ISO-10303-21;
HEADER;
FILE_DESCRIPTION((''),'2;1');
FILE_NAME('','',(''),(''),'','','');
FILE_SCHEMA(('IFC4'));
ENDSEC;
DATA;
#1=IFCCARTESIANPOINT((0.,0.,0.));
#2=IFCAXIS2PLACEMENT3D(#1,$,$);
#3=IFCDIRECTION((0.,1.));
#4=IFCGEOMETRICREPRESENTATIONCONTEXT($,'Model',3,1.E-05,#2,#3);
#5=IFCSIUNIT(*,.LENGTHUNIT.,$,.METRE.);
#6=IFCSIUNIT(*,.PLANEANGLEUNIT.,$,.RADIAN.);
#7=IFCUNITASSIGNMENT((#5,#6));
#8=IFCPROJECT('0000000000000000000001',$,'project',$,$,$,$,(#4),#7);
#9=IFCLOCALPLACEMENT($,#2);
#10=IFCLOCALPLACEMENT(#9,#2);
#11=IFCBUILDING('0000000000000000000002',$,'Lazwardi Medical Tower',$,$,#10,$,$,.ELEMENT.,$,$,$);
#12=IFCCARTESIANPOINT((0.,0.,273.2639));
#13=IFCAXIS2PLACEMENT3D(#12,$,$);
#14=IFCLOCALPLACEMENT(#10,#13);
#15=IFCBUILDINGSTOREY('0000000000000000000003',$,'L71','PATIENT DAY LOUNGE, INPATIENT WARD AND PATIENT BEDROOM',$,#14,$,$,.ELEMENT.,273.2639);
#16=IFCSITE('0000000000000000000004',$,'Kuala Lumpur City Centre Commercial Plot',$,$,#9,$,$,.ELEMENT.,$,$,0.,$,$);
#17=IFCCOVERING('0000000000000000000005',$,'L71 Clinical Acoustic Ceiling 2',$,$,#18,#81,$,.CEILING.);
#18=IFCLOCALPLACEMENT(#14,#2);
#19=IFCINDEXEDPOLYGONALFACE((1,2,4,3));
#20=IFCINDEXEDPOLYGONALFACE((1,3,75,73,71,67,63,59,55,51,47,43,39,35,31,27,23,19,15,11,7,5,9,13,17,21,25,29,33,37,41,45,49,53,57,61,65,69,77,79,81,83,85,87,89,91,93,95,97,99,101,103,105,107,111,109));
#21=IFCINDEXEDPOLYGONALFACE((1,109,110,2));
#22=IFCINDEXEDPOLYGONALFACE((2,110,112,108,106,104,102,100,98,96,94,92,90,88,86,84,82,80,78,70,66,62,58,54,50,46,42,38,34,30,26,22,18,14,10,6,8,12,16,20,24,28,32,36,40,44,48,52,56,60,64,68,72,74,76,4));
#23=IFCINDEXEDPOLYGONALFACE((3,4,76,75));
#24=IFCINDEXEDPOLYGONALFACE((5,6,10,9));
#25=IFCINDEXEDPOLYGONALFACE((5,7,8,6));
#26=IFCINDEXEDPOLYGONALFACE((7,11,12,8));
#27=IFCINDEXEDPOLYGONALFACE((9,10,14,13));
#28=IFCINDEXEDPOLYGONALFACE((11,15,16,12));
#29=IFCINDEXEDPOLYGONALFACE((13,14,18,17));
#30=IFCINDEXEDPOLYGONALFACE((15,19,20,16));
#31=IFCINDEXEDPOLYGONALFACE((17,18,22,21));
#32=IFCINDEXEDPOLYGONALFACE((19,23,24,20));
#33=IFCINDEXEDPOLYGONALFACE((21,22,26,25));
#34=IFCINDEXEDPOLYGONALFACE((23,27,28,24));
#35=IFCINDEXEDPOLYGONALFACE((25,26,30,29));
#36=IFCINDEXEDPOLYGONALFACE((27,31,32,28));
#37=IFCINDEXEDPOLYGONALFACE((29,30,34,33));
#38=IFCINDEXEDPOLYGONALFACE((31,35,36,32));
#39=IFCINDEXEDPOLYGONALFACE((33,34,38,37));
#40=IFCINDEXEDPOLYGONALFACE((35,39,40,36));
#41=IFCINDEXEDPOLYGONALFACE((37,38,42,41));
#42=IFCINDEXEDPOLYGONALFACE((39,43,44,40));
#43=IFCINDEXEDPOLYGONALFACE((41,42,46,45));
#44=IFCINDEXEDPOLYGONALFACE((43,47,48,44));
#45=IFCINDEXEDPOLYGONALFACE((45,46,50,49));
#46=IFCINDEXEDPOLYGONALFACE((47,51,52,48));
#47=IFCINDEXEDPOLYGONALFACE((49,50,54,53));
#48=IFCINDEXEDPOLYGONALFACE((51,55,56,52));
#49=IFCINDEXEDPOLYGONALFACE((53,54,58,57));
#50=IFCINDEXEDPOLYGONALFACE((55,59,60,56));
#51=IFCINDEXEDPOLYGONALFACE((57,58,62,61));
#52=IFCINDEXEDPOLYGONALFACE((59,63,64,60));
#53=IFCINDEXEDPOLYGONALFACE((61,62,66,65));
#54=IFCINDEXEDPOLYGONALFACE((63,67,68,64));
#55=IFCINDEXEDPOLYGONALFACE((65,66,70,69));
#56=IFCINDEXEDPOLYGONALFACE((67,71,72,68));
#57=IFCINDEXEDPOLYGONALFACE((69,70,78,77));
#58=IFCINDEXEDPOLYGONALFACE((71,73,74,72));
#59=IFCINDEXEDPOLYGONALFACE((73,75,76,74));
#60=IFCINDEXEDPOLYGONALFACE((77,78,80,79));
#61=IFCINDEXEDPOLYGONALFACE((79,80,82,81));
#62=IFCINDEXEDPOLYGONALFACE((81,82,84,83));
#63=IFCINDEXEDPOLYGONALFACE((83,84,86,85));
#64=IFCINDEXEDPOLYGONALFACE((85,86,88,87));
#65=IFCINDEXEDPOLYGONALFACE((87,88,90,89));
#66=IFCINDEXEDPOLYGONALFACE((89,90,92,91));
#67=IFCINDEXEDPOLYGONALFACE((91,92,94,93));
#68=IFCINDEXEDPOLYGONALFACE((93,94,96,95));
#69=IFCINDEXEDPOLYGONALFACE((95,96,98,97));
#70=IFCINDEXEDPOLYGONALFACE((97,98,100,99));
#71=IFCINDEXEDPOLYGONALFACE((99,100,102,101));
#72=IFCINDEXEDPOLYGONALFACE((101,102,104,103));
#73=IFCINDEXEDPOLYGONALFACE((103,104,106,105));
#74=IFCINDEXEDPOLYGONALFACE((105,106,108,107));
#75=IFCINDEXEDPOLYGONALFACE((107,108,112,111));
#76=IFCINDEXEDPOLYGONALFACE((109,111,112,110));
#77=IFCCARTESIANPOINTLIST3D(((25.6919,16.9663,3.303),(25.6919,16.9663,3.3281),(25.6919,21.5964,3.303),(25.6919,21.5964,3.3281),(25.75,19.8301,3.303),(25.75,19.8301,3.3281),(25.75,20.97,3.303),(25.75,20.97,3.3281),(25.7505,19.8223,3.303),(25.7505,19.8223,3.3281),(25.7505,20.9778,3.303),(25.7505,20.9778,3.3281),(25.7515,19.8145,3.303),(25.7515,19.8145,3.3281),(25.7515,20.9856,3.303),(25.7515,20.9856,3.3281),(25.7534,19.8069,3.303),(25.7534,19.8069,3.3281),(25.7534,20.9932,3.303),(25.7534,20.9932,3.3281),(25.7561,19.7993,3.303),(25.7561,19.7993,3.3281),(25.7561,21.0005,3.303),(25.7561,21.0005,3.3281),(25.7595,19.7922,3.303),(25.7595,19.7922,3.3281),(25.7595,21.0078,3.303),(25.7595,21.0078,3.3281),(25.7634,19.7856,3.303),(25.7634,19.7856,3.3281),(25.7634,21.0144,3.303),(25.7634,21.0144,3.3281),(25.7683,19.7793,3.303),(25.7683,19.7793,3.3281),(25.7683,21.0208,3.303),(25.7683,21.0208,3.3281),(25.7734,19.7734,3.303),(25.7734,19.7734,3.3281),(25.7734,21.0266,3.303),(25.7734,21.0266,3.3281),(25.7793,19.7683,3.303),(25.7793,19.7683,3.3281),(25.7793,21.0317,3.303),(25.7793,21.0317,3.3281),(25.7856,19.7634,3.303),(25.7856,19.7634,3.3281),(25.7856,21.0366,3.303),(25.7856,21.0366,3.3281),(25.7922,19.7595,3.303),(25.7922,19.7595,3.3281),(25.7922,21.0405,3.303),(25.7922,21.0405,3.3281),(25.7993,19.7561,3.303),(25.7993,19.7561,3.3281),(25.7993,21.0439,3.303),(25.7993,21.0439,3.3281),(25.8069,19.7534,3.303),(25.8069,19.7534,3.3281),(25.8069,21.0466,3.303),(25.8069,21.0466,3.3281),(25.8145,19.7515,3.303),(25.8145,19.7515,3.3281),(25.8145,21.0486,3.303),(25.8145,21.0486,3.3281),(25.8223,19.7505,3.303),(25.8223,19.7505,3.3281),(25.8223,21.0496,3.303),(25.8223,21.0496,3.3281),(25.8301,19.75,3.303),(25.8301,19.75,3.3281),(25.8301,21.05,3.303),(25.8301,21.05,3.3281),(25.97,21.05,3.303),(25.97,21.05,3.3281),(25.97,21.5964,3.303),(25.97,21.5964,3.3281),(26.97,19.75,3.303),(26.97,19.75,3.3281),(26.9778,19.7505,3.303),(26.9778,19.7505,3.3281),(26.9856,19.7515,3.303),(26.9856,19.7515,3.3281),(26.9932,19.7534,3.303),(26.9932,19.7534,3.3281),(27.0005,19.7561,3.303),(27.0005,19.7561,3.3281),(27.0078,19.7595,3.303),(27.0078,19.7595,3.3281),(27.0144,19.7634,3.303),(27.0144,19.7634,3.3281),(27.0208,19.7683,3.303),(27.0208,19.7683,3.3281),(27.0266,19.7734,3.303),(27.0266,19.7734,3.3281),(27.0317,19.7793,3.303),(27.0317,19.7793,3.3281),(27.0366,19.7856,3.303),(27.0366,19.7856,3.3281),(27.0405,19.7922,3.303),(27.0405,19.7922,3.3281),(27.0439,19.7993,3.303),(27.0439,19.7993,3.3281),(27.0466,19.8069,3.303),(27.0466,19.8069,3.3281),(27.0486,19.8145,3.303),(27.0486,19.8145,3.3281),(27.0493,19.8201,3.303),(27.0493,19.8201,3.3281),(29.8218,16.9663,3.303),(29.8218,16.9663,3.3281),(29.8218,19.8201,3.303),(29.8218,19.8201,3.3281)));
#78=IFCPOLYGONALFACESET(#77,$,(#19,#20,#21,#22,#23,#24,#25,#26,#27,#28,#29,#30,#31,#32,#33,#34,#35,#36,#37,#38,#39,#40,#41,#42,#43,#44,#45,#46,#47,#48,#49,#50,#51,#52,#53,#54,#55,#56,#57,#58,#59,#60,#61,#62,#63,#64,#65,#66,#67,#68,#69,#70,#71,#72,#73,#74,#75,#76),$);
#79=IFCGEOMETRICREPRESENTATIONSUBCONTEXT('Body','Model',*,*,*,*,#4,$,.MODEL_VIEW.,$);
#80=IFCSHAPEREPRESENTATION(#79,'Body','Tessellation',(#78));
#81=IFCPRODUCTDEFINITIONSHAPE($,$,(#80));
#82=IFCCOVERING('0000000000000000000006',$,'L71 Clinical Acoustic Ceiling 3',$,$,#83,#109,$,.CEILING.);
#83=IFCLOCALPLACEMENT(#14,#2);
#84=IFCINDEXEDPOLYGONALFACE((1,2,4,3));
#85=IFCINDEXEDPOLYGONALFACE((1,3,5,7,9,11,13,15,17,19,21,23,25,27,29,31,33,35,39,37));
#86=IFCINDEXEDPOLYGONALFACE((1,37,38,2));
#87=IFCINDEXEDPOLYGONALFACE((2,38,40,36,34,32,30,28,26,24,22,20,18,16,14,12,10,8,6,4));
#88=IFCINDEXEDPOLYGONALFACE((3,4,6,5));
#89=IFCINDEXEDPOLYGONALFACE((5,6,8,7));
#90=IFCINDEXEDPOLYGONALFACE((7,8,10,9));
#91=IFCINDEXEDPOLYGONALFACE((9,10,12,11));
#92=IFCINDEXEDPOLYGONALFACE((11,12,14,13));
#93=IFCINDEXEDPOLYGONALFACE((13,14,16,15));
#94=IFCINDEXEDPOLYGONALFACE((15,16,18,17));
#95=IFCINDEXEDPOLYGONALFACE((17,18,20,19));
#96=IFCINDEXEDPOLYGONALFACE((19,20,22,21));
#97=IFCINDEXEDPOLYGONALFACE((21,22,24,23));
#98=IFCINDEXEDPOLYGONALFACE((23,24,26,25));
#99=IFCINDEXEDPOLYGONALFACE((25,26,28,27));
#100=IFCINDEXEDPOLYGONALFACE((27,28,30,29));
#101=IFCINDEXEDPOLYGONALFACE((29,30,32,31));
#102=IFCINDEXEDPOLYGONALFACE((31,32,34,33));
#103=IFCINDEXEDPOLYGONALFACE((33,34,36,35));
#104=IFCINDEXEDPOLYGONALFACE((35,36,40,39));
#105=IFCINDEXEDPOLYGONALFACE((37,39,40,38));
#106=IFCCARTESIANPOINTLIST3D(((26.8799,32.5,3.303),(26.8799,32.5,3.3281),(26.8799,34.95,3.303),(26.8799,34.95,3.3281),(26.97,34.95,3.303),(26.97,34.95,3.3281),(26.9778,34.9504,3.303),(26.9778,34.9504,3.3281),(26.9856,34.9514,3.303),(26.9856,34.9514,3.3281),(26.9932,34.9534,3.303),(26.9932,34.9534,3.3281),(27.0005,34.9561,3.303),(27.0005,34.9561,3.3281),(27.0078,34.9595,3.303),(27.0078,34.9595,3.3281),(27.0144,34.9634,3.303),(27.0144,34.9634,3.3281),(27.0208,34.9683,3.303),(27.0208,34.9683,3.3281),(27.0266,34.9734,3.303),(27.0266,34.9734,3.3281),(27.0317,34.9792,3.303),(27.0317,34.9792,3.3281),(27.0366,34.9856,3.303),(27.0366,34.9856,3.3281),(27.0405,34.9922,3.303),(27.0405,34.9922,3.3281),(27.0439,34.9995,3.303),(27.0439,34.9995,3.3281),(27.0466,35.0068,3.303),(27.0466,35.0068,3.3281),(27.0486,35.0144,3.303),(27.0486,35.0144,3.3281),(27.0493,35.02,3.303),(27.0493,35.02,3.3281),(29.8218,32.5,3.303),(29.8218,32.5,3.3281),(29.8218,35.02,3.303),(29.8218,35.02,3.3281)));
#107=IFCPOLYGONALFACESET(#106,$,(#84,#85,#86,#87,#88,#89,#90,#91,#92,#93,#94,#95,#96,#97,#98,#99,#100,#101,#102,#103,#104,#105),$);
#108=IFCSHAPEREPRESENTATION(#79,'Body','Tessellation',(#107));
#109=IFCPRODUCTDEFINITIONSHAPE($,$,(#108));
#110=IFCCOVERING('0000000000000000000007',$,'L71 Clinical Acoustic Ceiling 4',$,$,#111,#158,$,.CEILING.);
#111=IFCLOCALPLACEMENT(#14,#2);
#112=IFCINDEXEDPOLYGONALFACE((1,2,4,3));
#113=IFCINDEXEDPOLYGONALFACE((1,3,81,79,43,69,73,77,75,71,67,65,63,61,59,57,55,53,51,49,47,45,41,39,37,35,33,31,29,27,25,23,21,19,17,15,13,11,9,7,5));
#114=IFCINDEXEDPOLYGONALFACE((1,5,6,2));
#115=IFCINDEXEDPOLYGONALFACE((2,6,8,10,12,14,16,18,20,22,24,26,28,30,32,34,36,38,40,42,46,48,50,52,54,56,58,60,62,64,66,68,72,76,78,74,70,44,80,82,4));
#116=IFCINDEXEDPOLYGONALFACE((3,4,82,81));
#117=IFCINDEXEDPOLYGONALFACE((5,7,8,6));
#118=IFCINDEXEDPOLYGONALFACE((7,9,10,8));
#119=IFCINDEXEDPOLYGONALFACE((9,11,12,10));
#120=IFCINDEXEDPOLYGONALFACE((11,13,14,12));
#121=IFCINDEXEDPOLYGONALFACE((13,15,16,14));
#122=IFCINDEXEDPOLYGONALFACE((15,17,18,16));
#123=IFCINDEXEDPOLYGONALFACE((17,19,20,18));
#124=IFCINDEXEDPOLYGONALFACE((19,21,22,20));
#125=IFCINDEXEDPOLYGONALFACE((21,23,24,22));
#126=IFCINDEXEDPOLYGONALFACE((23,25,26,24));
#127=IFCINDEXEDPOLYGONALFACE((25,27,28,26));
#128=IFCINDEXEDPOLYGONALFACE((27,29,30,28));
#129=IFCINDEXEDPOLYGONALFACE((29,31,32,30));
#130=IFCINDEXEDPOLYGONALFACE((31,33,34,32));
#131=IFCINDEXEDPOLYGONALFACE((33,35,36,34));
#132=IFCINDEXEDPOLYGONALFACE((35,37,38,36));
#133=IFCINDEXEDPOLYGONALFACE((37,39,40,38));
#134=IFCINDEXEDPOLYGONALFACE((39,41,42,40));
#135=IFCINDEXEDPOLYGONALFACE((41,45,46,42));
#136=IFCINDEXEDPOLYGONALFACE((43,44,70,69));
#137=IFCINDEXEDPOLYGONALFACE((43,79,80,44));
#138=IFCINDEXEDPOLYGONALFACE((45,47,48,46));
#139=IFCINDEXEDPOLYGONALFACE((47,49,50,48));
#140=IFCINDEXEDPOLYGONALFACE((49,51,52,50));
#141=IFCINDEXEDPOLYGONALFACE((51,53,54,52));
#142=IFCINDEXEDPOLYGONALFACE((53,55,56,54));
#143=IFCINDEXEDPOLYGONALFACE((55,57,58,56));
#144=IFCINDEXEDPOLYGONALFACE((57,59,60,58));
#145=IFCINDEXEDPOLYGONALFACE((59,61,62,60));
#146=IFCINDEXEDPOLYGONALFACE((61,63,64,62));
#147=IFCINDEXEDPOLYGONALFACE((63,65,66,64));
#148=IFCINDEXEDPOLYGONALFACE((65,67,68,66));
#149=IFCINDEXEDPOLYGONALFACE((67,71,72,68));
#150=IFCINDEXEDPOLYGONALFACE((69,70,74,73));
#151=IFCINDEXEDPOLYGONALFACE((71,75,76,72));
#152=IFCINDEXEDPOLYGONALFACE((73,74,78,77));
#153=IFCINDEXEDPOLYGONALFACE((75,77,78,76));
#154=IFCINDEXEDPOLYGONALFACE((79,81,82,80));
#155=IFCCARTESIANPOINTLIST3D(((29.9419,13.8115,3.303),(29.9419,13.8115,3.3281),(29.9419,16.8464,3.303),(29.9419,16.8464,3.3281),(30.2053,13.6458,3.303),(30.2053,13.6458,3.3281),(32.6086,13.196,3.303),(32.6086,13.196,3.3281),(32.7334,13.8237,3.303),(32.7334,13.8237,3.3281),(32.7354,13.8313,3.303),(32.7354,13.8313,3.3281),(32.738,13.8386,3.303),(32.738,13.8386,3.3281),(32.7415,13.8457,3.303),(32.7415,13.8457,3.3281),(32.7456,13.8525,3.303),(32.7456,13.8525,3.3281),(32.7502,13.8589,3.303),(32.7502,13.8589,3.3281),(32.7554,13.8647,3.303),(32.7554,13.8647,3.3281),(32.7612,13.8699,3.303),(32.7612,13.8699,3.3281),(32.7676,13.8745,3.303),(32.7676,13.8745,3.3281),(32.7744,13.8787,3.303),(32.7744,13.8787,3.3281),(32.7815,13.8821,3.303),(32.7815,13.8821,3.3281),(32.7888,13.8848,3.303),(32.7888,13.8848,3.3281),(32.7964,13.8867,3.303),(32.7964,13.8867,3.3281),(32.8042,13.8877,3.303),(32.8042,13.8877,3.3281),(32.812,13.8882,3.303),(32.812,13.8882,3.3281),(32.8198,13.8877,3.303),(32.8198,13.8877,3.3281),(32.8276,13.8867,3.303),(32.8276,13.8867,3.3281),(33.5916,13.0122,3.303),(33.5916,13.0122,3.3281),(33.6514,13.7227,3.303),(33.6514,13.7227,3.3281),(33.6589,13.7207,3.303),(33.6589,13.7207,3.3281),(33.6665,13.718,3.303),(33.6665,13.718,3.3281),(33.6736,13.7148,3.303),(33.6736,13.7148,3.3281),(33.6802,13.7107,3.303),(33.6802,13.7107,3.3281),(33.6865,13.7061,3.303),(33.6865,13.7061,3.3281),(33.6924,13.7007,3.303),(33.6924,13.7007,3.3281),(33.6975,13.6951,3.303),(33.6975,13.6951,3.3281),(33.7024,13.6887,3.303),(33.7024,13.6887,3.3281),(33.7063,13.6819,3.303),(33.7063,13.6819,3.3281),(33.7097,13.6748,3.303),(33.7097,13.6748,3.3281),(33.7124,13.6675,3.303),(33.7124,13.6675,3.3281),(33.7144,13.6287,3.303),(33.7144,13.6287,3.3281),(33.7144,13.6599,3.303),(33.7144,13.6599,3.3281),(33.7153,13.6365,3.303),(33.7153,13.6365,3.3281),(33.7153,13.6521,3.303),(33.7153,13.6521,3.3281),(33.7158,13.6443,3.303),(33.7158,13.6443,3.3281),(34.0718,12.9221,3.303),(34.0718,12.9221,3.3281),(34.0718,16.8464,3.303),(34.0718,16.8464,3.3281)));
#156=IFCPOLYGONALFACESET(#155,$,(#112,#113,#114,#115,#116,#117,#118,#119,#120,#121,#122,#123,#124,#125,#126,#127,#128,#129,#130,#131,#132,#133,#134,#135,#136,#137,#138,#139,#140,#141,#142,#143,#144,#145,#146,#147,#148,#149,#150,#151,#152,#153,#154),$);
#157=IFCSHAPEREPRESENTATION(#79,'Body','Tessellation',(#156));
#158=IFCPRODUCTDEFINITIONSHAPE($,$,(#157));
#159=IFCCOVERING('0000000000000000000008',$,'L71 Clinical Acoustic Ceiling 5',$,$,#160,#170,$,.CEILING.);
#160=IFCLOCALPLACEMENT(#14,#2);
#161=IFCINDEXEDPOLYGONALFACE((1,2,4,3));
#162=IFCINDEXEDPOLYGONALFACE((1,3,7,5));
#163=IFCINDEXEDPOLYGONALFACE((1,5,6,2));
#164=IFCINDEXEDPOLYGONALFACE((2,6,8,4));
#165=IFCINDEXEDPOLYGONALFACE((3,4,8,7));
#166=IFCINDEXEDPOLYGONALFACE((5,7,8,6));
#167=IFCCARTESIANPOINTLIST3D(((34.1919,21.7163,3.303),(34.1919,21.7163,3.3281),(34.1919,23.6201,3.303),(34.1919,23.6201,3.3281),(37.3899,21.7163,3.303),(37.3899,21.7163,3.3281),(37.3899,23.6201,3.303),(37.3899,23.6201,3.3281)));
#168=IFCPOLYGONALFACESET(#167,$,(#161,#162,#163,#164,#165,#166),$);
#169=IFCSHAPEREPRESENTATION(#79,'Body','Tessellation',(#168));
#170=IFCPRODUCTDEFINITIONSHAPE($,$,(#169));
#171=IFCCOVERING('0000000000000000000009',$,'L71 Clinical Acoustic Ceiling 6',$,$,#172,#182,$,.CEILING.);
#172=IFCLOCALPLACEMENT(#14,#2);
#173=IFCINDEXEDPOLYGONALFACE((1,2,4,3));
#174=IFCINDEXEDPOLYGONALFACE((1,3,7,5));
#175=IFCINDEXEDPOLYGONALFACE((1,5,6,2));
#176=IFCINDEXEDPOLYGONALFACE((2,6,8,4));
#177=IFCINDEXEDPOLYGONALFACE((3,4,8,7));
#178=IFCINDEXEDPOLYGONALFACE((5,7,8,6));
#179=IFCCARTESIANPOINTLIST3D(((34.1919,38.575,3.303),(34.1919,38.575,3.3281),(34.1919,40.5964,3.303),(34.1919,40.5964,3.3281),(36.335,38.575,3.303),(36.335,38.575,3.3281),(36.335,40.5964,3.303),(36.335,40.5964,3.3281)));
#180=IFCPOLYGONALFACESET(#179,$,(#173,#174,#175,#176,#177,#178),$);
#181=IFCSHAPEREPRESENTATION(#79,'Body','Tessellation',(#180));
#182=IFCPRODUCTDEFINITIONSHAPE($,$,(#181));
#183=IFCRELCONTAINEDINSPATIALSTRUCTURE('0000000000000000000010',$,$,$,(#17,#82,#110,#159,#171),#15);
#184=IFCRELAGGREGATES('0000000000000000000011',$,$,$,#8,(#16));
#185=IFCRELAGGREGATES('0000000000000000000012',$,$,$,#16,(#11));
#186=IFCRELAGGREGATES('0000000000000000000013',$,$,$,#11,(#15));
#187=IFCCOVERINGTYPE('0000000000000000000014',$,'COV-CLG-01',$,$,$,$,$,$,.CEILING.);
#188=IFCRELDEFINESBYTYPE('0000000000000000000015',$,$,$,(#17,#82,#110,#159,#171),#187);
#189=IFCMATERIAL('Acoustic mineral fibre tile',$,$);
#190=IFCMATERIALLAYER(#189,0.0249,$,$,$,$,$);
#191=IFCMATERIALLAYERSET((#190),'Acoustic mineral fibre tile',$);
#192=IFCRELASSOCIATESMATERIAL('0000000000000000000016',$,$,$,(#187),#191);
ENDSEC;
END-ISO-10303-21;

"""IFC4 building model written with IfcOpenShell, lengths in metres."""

from ifc_helpers import new_model, si_unit, direction, frame, origin, place, context, subcontext, project, spatial, polyline, outline, extrude, material, layer, layer_set, type_object, element, save


model = new_model("IFC4")

# Units and contexts
model_context = context("Model", 3, precision=1e-05, world=origin(), true_north=direction((0.0, 1.0)))
body_context = subcontext(model_context, "Body", "Model", "MODEL_VIEW")
ifc_project = project(units=[si_unit("LENGTHUNIT", "METRE"), si_unit("PLANEANGLEUNIT", "RADIAN")], contexts=[model_context])

# Site, building, storey
site_placement = place(None, origin())
site = spatial("IfcSite", under=ifc_project, at=site_placement, Name="Kuala Lumpur City Centre Commercial Plot", CompositionType="ELEMENT", RefElevation=0.0)
building_placement = place(site_placement, origin())
building = spatial("IfcBuilding", under=site, at=building_placement, Name="Lazwardi Medical Tower", CompositionType="ELEMENT")
storey_placement = place(building_placement, frame((0.0, 0.0, 273.2639)))
storey = spatial("IfcBuildingStorey", under=building, at=storey_placement, Name="L71", Description="PATIENT DAY LOUNGE, INPATIENT WARD AND PATIENT BEDROOM", CompositionType="ELEMENT", Elevation=273.2639)

# Coverings
ifc_material_1 = material(Name="Acoustic mineral fibre tile")
ifc_layer_1 = layer(ifc_material_1, 0.0249)
ifc_layer_set_1 = layer_set([ifc_layer_1], Name="Acoustic mineral fibre tile")
covering_type_1 = type_object("IfcCoveringType", Name="COV-CLG-01", PredefinedType="CEILING", material=ifc_layer_set_1)
covering_1_placement = place(storey_placement, frame((0.0, 0.0, 3.303)))
element("IfcCovering", 1, at=covering_1_placement, inside=storey, type_object=covering_type_1, Name="L71 Clinical Acoustic Ceiling 2", PredefinedType="CEILING", context=body_context, shape_type="SweptSolid", body=[
    extrude(outline(polyline([(29.8218, 19.8201), (27.0493, 19.8201), (27.0486, 19.8145), (27.0466, 19.8069), (27.0439, 19.7993), (27.0405, 19.7922), (27.0366, 19.7856), (27.0317, 19.7793), (27.0266, 19.7734), (27.0208, 19.7683), (27.0144, 19.7634), (27.0078, 19.7595), (27.0005, 19.7561), (26.9932, 19.7534), (26.9856, 19.7515), (26.9778, 19.7505), (26.97, 19.75), (25.8301, 19.75), (25.8223, 19.7505), (25.8145, 19.7515), (25.8069, 19.7534), (25.7993, 19.7561), (25.7922, 19.7595), (25.7856, 19.7634), (25.7793, 19.7683), (25.7734, 19.7734), (25.7683, 19.7793), (25.7634, 19.7856), (25.7595, 19.7922), (25.7561, 19.7993), (25.7534, 19.8069), (25.7515, 19.8145), (25.7505, 19.8223), (25.75, 19.8301), (25.75, 20.97), (25.7505, 20.9778), (25.7515, 20.9856), (25.7534, 20.9932), (25.7561, 21.0005), (25.7595, 21.0078), (25.7634, 21.0144), (25.7683, 21.0208), (25.7734, 21.0266), (25.7793, 21.0317), (25.7856, 21.0366), (25.7922, 21.0405), (25.7993, 21.0439), (25.8069, 21.0466), (25.8145, 21.0486), (25.8223, 21.0496), (25.8301, 21.05), (25.97, 21.05), (25.97, 21.5964), (25.6919, 21.5964), (25.6919, 16.9663), (29.8218, 16.9663), (29.8218, 19.8201)])), origin(), (0.0, 0.0, 1.0), 0.0251),
])
covering_2_placement = place(storey_placement, frame((0.0, 0.0, 3.303)))
element("IfcCovering", 2, at=covering_2_placement, inside=storey, type_object=covering_type_1, Name="L71 Clinical Acoustic Ceiling 3", PredefinedType="CEILING", context=body_context, shape_type="SweptSolid", body=[
    extrude(outline(polyline([(29.8218, 35.02), (27.0493, 35.02), (27.0486, 35.0144), (27.0466, 35.0068), (27.0439, 34.9995), (27.0405, 34.9922), (27.0366, 34.9856), (27.0317, 34.9792), (27.0266, 34.9734), (27.0208, 34.9683), (27.0144, 34.9634), (27.0078, 34.9595), (27.0005, 34.9561), (26.9932, 34.9534), (26.9856, 34.9514), (26.9778, 34.9504), (26.97, 34.95), (26.8799, 34.95), (26.8799, 32.5), (29.8218, 32.5), (29.8218, 35.02)])), origin(), (0.0, 0.0, 1.0), 0.0251),
])
covering_3_placement = place(storey_placement, frame((0.0, 0.0, 3.303)))
element("IfcCovering", 3, at=covering_3_placement, inside=storey, type_object=covering_type_1, Name="L71 Clinical Acoustic Ceiling 4", PredefinedType="CEILING", context=body_context, shape_type="SweptSolid", body=[
    extrude(outline(polyline([(29.9419, 13.8115), (30.2053, 13.6458), (32.6086, 13.196), (32.7334, 13.8237), (32.7354, 13.8313), (32.738, 13.8386), (32.7415, 13.8457), (32.7456, 13.8525), (32.7502, 13.8589), (32.7554, 13.8647), (32.7612, 13.8699), (32.7676, 13.8745), (32.7744, 13.8787), (32.7815, 13.8821), (32.7888, 13.8848), (32.7964, 13.8867), (32.8042, 13.8877), (32.812, 13.8882), (32.8198, 13.8877), (32.8276, 13.8867), (33.6514, 13.7227), (33.6589, 13.7207), (33.6665, 13.718), (33.6736, 13.7148), (33.6802, 13.7107), (33.6865, 13.7061), (33.6924, 13.7007), (33.6975, 13.6951), (33.7024, 13.6887), (33.7063, 13.6819), (33.7097, 13.6748), (33.7124, 13.6675), (33.7144, 13.6599), (33.7153, 13.6521), (33.7158, 13.6443), (33.7153, 13.6365), (33.7144, 13.6287), (33.5916, 13.0122), (34.0718, 12.9221), (34.0718, 16.8464), (29.9419, 16.8464), (29.9419, 13.8115)])), origin(), (0.0, 0.0, 1.0), 0.0251),
])
covering_4_placement = place(storey_placement, frame((0.0, 0.0, 3.303)))
element("IfcCovering", 4, at=covering_4_placement, inside=storey, type_object=covering_type_1, Name="L71 Clinical Acoustic Ceiling 5", PredefinedType="CEILING", context=body_context, shape_type="SweptSolid", body=[
    extrude(outline(polyline([(37.3899, 21.7163), (37.3899, 23.6201), (34.1919, 23.6201), (34.1919, 21.7163), (37.3899, 21.7163)])), origin(), (0.0, 0.0, 1.0), 0.0251),
])
covering_5_placement = place(storey_placement, frame((0.0, 0.0, 3.303)))
element("IfcCovering", 5, at=covering_5_placement, inside=storey, type_object=covering_type_1, Name="L71 Clinical Acoustic Ceiling 6", PredefinedType="CEILING", context=body_context, shape_type="SweptSolid", body=[
    extrude(outline(polyline([(34.1919, 38.575), (36.335, 38.575), (36.335, 40.5964), (34.1919, 40.5964), (34.1919, 38.575)])), origin(), (0.0, 0.0, 1.0), 0.0251),
])

save(model, "model.ifc")
